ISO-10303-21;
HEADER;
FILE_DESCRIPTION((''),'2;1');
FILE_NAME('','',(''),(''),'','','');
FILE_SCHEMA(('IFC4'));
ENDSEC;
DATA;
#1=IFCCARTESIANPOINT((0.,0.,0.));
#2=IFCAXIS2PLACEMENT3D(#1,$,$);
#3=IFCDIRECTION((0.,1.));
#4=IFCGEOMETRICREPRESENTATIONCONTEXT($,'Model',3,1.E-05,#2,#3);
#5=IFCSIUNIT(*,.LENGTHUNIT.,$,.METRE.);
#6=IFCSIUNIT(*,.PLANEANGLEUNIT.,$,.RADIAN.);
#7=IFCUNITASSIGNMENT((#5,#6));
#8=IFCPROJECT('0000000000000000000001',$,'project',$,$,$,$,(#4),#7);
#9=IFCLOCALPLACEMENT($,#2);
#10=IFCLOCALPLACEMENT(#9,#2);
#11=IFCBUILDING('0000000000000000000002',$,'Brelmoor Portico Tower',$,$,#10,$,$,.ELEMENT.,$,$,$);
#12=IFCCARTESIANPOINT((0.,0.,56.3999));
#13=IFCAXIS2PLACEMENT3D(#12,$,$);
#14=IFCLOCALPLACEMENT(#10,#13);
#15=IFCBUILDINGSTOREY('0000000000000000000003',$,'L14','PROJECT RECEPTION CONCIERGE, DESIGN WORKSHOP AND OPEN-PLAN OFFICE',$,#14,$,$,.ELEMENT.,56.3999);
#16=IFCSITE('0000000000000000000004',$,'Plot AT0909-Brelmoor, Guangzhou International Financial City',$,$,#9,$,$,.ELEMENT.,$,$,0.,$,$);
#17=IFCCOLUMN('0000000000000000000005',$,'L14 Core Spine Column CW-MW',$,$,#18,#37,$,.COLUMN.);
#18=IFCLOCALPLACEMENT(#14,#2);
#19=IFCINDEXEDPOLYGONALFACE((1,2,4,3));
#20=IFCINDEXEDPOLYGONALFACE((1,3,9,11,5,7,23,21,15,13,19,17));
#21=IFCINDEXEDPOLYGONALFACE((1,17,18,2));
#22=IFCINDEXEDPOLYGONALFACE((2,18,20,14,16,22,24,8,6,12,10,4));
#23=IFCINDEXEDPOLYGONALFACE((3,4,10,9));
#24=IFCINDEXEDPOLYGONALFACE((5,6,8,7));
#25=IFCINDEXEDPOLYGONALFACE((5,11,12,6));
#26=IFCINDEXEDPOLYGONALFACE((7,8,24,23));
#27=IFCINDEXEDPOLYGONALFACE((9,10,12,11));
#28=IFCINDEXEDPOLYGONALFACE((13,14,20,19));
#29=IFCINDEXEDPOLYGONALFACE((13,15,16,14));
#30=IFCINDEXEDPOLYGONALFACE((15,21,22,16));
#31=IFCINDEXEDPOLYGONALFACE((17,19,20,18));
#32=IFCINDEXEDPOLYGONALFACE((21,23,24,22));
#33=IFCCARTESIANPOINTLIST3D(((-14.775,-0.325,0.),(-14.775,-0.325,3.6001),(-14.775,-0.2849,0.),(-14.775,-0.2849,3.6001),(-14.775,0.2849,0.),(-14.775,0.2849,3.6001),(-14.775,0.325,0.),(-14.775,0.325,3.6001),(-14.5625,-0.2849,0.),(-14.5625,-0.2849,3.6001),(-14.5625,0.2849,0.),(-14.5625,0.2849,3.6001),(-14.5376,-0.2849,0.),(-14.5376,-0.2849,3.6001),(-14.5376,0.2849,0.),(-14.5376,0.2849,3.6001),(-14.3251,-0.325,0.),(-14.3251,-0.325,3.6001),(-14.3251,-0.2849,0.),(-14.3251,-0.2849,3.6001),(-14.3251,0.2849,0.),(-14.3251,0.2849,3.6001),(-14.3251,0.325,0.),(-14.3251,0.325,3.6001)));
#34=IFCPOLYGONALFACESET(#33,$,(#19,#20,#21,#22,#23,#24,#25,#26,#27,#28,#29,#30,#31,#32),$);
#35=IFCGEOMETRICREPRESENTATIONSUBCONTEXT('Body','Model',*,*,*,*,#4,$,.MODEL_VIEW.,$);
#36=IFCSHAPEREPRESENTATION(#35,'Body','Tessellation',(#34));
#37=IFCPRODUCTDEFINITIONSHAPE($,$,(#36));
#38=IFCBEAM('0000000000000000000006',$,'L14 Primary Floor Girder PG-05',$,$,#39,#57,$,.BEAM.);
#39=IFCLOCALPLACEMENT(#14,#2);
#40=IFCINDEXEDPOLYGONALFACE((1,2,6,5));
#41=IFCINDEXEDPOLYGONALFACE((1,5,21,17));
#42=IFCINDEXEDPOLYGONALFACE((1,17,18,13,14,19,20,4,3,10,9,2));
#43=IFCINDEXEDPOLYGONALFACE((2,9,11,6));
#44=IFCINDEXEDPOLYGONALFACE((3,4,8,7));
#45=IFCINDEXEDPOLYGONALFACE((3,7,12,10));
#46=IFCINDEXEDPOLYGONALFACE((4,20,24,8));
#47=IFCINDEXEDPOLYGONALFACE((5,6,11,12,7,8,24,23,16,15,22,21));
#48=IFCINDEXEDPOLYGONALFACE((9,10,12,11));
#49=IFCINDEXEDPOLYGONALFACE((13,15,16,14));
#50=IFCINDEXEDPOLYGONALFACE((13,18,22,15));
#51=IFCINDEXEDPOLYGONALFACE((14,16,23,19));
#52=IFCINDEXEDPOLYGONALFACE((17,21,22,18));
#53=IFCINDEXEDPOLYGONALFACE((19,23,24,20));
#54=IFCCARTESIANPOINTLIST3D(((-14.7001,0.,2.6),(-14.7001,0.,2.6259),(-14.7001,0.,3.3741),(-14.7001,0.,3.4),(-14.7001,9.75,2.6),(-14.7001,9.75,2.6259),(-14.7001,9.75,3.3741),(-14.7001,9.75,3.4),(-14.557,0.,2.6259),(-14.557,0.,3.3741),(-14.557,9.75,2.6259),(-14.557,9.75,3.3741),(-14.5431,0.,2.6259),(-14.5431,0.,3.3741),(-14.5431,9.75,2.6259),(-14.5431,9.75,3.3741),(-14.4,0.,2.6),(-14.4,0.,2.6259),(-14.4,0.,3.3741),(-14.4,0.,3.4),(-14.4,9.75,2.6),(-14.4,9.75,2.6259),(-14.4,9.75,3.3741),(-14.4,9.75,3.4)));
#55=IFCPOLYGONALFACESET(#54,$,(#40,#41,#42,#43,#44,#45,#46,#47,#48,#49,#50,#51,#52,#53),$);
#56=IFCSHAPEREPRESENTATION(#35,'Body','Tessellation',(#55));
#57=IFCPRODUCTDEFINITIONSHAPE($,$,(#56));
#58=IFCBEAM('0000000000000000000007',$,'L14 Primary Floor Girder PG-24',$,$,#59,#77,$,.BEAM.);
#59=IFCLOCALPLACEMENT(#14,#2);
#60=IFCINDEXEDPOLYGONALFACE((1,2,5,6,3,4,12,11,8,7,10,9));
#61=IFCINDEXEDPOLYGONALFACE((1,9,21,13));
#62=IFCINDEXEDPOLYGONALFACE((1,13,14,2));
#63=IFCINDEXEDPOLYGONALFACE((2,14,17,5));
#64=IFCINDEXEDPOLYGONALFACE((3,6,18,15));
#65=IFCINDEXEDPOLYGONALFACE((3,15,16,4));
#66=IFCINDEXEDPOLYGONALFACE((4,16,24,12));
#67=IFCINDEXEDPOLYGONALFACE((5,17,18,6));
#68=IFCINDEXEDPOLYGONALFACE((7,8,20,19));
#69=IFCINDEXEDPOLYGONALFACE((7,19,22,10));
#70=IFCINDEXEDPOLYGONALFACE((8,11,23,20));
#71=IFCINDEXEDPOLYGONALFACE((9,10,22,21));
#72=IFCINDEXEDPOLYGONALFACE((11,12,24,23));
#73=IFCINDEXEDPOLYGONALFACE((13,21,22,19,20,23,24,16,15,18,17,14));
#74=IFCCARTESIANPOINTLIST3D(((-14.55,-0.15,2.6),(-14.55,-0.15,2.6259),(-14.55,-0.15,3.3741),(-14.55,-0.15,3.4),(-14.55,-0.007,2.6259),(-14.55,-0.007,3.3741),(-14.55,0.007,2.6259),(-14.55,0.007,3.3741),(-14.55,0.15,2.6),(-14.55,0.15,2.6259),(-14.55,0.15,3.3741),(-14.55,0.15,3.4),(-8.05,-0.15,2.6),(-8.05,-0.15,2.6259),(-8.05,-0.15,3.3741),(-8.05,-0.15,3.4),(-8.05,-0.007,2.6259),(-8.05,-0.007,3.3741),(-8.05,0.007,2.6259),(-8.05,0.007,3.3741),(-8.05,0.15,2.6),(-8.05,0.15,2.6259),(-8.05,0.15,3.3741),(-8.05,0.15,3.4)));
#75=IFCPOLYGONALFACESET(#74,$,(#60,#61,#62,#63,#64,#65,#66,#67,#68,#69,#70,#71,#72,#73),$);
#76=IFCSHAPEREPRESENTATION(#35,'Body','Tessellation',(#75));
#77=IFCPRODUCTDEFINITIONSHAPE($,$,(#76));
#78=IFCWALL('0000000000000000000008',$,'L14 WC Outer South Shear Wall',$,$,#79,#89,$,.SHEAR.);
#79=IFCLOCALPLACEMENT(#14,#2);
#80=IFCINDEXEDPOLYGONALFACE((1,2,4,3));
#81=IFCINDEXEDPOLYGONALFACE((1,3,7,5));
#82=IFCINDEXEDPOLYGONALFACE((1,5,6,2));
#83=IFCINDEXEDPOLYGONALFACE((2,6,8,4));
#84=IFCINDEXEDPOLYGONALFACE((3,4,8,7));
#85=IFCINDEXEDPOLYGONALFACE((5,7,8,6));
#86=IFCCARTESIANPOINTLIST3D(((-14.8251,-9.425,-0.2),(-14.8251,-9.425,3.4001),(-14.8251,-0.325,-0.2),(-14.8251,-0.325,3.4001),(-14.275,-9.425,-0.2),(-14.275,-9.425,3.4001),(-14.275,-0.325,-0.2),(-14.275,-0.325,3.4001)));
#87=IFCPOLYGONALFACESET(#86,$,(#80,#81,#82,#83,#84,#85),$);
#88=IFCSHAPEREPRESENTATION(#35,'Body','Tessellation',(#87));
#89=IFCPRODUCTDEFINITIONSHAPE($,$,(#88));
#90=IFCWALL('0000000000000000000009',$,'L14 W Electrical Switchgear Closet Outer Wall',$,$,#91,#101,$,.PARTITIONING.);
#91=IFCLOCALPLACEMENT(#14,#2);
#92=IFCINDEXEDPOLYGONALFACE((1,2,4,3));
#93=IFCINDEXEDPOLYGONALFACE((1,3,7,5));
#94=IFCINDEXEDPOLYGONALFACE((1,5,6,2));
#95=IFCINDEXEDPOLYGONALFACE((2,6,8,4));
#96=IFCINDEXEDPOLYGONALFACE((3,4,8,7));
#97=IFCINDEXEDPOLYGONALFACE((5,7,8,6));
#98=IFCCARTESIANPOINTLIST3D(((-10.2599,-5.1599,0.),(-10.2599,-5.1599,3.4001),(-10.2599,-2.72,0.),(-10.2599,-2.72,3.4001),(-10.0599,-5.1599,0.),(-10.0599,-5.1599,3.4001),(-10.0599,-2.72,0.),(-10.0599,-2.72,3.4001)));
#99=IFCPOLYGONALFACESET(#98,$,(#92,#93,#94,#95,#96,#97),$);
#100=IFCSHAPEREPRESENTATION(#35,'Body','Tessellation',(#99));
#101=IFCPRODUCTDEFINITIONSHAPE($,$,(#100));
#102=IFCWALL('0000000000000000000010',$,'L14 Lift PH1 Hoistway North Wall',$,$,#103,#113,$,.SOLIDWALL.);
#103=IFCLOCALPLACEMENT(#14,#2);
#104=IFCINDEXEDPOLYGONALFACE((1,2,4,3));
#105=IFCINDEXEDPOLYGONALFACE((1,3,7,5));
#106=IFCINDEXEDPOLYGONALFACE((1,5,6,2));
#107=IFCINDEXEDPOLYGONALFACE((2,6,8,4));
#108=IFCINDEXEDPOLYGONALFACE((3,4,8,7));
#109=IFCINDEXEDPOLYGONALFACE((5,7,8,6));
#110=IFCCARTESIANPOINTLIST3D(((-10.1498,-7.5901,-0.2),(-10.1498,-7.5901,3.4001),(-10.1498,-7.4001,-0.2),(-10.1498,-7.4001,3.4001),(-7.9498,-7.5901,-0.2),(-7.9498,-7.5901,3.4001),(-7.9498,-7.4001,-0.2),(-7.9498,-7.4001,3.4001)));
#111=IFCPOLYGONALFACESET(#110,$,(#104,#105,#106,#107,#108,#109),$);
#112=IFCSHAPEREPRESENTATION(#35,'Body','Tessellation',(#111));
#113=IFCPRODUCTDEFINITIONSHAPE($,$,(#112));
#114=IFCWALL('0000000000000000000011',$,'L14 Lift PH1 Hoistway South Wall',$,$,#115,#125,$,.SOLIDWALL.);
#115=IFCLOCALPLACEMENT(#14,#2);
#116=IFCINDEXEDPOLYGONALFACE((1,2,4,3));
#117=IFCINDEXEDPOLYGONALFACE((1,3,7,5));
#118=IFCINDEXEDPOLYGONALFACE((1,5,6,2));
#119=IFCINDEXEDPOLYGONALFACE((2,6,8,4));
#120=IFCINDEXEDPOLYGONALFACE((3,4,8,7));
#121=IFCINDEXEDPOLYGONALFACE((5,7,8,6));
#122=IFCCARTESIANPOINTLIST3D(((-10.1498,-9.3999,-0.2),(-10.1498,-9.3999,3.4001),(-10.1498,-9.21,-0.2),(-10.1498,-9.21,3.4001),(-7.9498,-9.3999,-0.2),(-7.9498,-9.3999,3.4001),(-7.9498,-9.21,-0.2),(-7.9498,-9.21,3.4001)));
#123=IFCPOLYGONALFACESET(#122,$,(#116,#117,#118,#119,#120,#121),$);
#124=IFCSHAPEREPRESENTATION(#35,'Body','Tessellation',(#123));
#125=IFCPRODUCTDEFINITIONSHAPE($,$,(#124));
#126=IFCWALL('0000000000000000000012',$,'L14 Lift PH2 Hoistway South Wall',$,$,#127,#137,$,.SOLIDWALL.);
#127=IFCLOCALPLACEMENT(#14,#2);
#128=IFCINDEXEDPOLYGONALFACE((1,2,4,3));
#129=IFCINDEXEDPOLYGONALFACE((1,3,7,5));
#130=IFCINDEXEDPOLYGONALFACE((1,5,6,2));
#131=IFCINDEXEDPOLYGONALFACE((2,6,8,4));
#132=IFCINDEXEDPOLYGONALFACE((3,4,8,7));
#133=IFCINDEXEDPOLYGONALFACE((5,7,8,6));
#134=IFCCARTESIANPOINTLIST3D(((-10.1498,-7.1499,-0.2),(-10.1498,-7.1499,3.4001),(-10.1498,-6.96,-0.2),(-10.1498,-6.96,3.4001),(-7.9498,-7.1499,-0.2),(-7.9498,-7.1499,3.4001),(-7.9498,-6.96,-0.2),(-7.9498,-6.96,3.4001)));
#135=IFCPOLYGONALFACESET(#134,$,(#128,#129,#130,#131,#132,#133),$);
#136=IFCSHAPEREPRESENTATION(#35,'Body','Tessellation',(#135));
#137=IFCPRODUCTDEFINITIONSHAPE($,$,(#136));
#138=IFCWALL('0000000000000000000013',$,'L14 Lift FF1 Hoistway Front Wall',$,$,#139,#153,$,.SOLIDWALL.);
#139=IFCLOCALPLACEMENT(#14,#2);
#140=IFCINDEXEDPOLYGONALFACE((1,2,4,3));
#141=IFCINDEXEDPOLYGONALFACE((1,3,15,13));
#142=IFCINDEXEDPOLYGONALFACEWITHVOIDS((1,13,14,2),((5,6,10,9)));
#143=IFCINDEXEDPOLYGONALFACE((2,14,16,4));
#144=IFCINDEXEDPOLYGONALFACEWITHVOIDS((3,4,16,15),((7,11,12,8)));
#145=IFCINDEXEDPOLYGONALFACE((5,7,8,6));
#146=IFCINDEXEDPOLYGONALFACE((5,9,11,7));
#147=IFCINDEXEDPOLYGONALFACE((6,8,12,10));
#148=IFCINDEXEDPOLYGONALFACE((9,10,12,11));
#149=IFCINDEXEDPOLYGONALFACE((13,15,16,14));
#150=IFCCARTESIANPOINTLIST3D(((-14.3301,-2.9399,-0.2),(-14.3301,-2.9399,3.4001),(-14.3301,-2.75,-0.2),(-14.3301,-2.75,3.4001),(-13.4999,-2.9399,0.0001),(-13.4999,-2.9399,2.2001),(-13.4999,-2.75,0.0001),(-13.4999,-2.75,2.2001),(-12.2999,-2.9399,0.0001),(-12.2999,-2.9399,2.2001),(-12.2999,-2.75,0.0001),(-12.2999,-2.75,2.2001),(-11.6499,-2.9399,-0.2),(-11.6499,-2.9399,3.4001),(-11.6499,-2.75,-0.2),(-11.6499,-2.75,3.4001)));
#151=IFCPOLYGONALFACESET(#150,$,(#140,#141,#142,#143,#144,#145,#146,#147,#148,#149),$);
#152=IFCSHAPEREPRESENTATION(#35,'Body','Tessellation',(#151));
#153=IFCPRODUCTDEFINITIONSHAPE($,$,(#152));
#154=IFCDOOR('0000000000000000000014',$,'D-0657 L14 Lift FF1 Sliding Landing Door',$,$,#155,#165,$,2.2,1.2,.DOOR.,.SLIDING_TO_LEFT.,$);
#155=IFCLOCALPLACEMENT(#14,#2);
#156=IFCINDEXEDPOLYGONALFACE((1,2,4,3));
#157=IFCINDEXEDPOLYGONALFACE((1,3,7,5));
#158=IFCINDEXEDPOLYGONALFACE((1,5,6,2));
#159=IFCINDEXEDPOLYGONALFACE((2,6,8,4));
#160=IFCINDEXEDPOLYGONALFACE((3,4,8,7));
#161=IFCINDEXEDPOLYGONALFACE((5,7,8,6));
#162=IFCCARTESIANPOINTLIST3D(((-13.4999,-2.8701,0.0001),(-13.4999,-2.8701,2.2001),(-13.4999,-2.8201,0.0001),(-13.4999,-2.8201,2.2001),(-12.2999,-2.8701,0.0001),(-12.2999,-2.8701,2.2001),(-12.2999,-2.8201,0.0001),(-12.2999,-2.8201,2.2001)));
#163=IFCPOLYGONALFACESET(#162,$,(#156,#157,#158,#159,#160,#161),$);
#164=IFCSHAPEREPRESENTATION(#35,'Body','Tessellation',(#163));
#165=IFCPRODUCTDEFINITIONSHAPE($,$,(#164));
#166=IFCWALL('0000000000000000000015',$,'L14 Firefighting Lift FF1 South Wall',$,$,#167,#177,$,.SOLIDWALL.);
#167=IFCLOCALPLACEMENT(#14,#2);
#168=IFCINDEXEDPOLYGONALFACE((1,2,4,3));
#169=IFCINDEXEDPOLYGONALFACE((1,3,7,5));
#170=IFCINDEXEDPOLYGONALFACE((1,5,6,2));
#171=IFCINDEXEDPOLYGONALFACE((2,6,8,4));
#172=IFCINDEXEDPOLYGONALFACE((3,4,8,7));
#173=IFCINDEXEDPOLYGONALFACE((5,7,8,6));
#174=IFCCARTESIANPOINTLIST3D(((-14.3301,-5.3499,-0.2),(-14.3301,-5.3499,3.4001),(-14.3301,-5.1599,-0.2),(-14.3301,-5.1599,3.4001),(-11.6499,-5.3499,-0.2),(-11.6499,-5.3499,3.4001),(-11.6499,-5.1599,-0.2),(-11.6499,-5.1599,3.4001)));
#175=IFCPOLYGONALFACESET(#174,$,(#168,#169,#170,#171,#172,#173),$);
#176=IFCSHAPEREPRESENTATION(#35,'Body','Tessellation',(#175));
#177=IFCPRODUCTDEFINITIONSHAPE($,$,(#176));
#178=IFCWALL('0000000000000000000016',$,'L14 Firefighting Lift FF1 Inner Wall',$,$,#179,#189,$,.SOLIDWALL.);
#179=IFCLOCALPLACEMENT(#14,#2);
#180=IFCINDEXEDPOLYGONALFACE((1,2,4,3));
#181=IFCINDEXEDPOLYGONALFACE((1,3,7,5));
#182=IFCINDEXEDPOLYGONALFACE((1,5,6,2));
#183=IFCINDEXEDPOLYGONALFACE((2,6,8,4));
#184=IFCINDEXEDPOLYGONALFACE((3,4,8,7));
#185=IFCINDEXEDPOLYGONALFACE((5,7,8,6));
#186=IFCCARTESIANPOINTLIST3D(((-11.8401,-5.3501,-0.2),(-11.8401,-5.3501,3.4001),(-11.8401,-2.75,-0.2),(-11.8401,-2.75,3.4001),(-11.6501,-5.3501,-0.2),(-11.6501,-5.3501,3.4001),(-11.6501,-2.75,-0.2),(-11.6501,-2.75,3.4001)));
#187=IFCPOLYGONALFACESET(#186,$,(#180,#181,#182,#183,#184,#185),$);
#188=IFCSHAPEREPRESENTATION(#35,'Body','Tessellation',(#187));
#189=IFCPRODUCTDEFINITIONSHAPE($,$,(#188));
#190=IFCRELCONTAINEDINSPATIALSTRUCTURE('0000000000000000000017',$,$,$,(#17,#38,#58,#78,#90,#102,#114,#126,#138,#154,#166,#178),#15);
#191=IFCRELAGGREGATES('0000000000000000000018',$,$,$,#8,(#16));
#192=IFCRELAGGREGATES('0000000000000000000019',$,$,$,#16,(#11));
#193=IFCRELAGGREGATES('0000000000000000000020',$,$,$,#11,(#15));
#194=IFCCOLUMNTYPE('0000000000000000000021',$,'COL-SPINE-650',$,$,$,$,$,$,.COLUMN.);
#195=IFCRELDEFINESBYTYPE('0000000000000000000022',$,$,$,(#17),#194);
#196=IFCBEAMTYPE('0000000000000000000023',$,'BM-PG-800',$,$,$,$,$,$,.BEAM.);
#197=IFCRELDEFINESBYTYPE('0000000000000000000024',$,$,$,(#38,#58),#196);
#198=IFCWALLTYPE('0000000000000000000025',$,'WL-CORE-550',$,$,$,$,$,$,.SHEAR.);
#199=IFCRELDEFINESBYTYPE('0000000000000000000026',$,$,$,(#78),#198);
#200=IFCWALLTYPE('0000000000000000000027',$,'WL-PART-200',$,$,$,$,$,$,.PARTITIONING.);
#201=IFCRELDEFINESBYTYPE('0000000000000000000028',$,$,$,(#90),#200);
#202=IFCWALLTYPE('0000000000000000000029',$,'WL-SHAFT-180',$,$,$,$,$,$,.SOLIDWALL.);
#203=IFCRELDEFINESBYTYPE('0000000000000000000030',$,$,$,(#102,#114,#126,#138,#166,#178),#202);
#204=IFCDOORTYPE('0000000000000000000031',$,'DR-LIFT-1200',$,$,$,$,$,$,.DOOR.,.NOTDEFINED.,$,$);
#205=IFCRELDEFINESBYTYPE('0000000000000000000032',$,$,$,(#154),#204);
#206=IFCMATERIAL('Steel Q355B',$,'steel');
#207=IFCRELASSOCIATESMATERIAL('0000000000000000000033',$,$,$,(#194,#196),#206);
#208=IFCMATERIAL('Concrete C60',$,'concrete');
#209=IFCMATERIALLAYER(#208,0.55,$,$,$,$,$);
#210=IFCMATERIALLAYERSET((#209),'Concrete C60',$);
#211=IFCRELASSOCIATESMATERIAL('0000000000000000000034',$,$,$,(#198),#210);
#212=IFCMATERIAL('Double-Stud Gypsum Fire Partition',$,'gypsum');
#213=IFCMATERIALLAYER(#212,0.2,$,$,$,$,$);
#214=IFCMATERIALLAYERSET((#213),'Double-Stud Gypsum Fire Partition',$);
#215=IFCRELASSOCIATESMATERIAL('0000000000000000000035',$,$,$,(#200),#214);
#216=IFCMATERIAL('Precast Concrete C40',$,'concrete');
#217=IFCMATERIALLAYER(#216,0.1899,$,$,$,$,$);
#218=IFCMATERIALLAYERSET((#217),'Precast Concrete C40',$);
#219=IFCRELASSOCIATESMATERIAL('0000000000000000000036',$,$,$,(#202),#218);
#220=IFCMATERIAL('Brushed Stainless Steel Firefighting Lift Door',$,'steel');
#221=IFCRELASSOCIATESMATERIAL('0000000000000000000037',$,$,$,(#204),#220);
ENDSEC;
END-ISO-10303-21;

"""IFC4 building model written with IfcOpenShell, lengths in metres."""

from ifc_helpers import new_model, si_unit, direction, frame, frame_2d, origin, origin_2d, place, context, subcontext, project, spatial, rectangle, i_section, extrude, material, layer, layer_set, material_profile, profile_set, type_object, element, fill, save


model = new_model("IFC4")

# Units and contexts
model_context = context("Model", 3, precision=1e-05, world=origin(), true_north=direction((0.0, 1.0)))
body_context = subcontext(model_context, "Body", "Model", "MODEL_VIEW")
ifc_project = project(units=[si_unit("LENGTHUNIT", "METRE"), si_unit("PLANEANGLEUNIT", "RADIAN")], contexts=[model_context])

# Site, building, storey
site_placement = place(None, origin())
site = spatial("IfcSite", under=ifc_project, at=site_placement, Name="Plot AT0909-Brelmoor, Guangzhou International Financial City", CompositionType="ELEMENT", RefElevation=0.0)
building_placement = place(site_placement, origin())
building = spatial("IfcBuilding", under=site, at=building_placement, Name="Brelmoor Portico Tower", CompositionType="ELEMENT")
storey_placement = place(building_placement, frame((0.0, 0.0, 56.3999)))
storey = spatial("IfcBuildingStorey", under=building, at=storey_placement, Name="L14", Description="PROJECT RECEPTION CONCIERGE, DESIGN WORKSHOP AND OPEN-PLAN OFFICE", CompositionType="ELEMENT", Elevation=56.3999)

# Column
ifc_material_1 = material(Name="Steel Q355B", Category="steel")
ifc_material_profile_1 = material_profile(ifc_material_1, i_section(OverallWidth=0.45, OverallDepth=0.6499, WebThickness=0.0249, FlangeThickness=0.04, at=origin_2d()), Name="HW 650x450x25x40")
ifc_profile_set_1 = profile_set([ifc_material_profile_1], Name="Steel Q355B")
column_type = type_object("IfcColumnType", Name="COL-SPINE-650", PredefinedType="COLUMN", material=ifc_profile_set_1)
column_placement = place(storey_placement, frame((-14.55, 0.0, 0.0), z_axis=(0.0, 0.0, 1.0), x_axis=(1.0, 0.0, 0.0)))
element("IfcColumn", 1, at=column_placement, inside=storey, type_object=column_type, Name="L14 Core Spine Column CW-MW", PredefinedType="COLUMN", context=body_context, shape_type="SweptSolid", body=[
    extrude(i_section(OverallWidth=0.45, OverallDepth=0.6499, WebThickness=0.0249, FlangeThickness=0.04, at=origin_2d()), origin(), (0.0, 0.0, 1.0), 3.6001),
])

# Beams
ifc_material_profile_2 = material_profile(ifc_material_1, i_section(OverallWidth=0.3, OverallDepth=0.8, WebThickness=0.0139, FlangeThickness=0.0259, at=origin_2d()), Name="HN 800x300x14x26")
ifc_profile_set_2 = profile_set([ifc_material_profile_2], Name="Steel Q355B")
beam_type = type_object("IfcBeamType", Name="BM-PG-800", PredefinedType="BEAM", material=ifc_profile_set_2)
beam_1_placement = place(storey_placement, frame((-14.55, 0.0, 3.0), z_axis=(0.0, 1.0, 0.0), x_axis=(-1.0, 0.0, 0.0)))
element("IfcBeam", 2, at=beam_1_placement, inside=storey, type_object=beam_type, Name="L14 Primary Floor Girder PG-05", PredefinedType="BEAM", context=body_context, shape_type="SweptSolid", body=[
    extrude(i_section(OverallWidth=0.3, OverallDepth=0.8, WebThickness=0.0139, FlangeThickness=0.0259, at=origin_2d()), origin(), (0.0, 0.0, 1.0), 9.75),
])
beam_2_placement = place(storey_placement, frame((-14.55, 0.0, 3.0), z_axis=(1.0, 0.0, 0.0), x_axis=(0.0, 1.0, 0.0)))
element("IfcBeam", 3, at=beam_2_placement, inside=storey, type_object=beam_type, Name="L14 Primary Floor Girder PG-24", PredefinedType="BEAM", context=body_context, shape_type="SweptSolid", body=[
    extrude(i_section(OverallWidth=0.3, OverallDepth=0.8, WebThickness=0.0139, FlangeThickness=0.0259, at=origin_2d()), origin(), (0.0, 0.0, 1.0), 6.5),
])

# Wall
ifc_material_2 = material(Name="Concrete C60", Category="concrete")
ifc_layer_1 = layer(ifc_material_2, 0.55)
ifc_layer_set_1 = layer_set([ifc_layer_1], Name="Concrete C60")
wall_type_1 = type_object("IfcWallType", Name="WL-CORE-550", PredefinedType="SHEAR", material=ifc_layer_set_1)
wall_1_placement = place(storey_placement, frame((-14.55, -9.425, -0.2), z_axis=(0.0, 0.0, 1.0), x_axis=(0.0, 1.0, 0.0)))
element("IfcWall", 4, at=wall_1_placement, inside=storey, type_object=wall_type_1, Name="L14 WC Outer South Shear Wall", PredefinedType="SHEAR", context=body_context, shape_type="SweptSolid", body=[
    extrude(rectangle(XDim=9.1001, YDim=0.55, at=frame_2d((4.55, 0.0))), origin(), (0.0, 0.0, 1.0), 3.6001),
])

# Shared definitions
ifc_material_3 = material(Name="Double-Stud Gypsum Fire Partition", Category="gypsum")
ifc_layer_2 = layer(ifc_material_3, 0.2)
ifc_layer_set_2 = layer_set([ifc_layer_2], Name="Double-Stud Gypsum Fire Partition")
wall_type_2 = type_object("IfcWallType", Name="WL-PART-200", PredefinedType="PARTITIONING", material=ifc_layer_set_2)

# Walls
wall_2_placement = place(storey_placement, frame((-10.1599, -5.1599, 0.0), z_axis=(0.0, 0.0, 1.0), x_axis=(0.0, 1.0, 0.0)))
element("IfcWall", 5, at=wall_2_placement, inside=storey, type_object=wall_type_2, Name="L14 W Electrical Switchgear Closet Outer Wall", PredefinedType="PARTITIONING", context=body_context, shape_type="SweptSolid", body=[
    extrude(rectangle(XDim=2.4399, YDim=0.2, at=frame_2d((1.22, 0.0))), origin(), (0.0, 0.0, 1.0), 3.4001),
])
ifc_material_4 = material(Name="Precast Concrete C40", Category="concrete")
ifc_layer_3 = layer(ifc_material_4, 0.1899)
ifc_layer_set_3 = layer_set([ifc_layer_3], Name="Precast Concrete C40")
wall_type_3 = type_object("IfcWallType", Name="WL-SHAFT-180", PredefinedType="SOLIDWALL", material=ifc_layer_set_3)
for number, where, z_axis, x_axis, name in (
    (6, (-10.1499, -7.4951, -0.2), (0.0, 0.0, 1.0), (1.0, 0.0, 0.0), "L14 Lift PH1 Hoistway North Wall"),
    (7, (-10.1499, -9.3049, -0.2), (0.0, 0.0, 1.0), (1.0, 0.0, 0.0), "L14 Lift PH1 Hoistway South Wall"),
    (8, (-10.1499, -7.0549, -0.2), (0.0, 0.0, 1.0), (1.0, 0.0, 0.0), "L14 Lift PH2 Hoistway South Wall"),
):
    element("IfcWall", number, at=place(storey_placement, frame(where, z_axis=z_axis, x_axis=x_axis)), inside=storey, type_object=wall_type_3, Name=name, PredefinedType="SOLIDWALL", context=body_context, shape_type="SweptSolid", body=[
        extrude(rectangle(XDim=2.2, YDim=0.1899, at=frame_2d((1.1001, 0.0))), origin(), (0.0, 0.0, 1.0), 3.6001),
    ])

# Wall, opening, door
wall_3_placement = place(storey_placement, frame((-14.3301, -2.845, -0.2), z_axis=(0.0, 0.0, 1.0), x_axis=(1.0, 0.0, 0.0)))
wall_3 = element("IfcWall", 9, at=wall_3_placement, inside=storey, type_object=wall_type_3, Name="L14 Lift FF1 Hoistway Front Wall", PredefinedType="SOLIDWALL", context=body_context, shape_type="SweptSolid", body=[
    extrude(rectangle(XDim=2.6802, YDim=0.1899, at=frame_2d((1.3401, 0.0))), origin(), (0.0, 0.0, 1.0), 3.6001),
])
opening_1_placement = place(wall_3_placement, frame((0.8301, 0.0, 0.2)))
opening_1 = element("IfcOpeningElement", 10, at=opening_1_placement, cuts=wall_3, PredefinedType="OPENING", context=body_context, shape_type="SweptSolid", body=[
    extrude(rectangle(XDim=1.2, YDim=2.2, at=frame_2d((0.6001, 1.1001))), frame((0.0, 0.105, 0.0), z_axis=(0.0, -1.0, 0.0), x_axis=(1.0, 0.0, 0.0)), (0.0, 0.0, 1.0), 0.21),
])
ifc_material_5 = material(Name="Brushed Stainless Steel Firefighting Lift Door", Category="steel")
door_type_1 = type_object("IfcDoorType", Name="DR-LIFT-1200", OperationType="NOTDEFINED", PredefinedType="DOOR", material=ifc_material_5)
door_1_placement = place(opening_1_placement, origin())
door_1 = element("IfcDoor", 11, at=door_1_placement, inside=storey, type_object=door_type_1, Name="D-0657 L14 Lift FF1 Sliding Landing Door", OperationType="SLIDING_TO_LEFT", OverallHeight=2.2, OverallWidth=1.2, PredefinedType="DOOR", context=body_context, shape_type="SweptSolid", body=[
    extrude(rectangle(XDim=1.2, YDim=2.2, at=frame_2d((0.6001, 1.1001))), frame((0.0, 0.0249, 0.0), z_axis=(0.0, -1.0, 0.0), x_axis=(1.0, 0.0, 0.0)), (0.0, 0.0, 1.0), 0.05),
])
fill(opening_1, door_1)

# Walls
wall_4_placement = place(storey_placement, frame((-14.3301, -5.2549, -0.2), z_axis=(0.0, 0.0, 1.0), x_axis=(1.0, 0.0, 0.0)))
element("IfcWall", 12, at=wall_4_placement, inside=storey, type_object=wall_type_3, Name="L14 Firefighting Lift FF1 South Wall", PredefinedType="SOLIDWALL", context=body_context, shape_type="SweptSolid", body=[
    extrude(rectangle(XDim=2.6802, YDim=0.1899, at=frame_2d((1.3401, 0.0))), origin(), (0.0, 0.0, 1.0), 3.6001),
])
wall_5_placement = place(storey_placement, frame((-11.7451, -5.3501, -0.2), z_axis=(0.0, 0.0, 1.0), x_axis=(0.0, 1.0, 0.0)))
element("IfcWall", 13, at=wall_5_placement, inside=storey, type_object=wall_type_3, Name="L14 Firefighting Lift FF1 Inner Wall", PredefinedType="SOLIDWALL", context=body_context, shape_type="SweptSolid", body=[
    extrude(rectangle(XDim=2.6001, YDim=0.1899, at=frame_2d((1.3, 0.0))), origin(), (0.0, 0.0, 1.0), 3.6001),
])

save(model, "model.ifc")
